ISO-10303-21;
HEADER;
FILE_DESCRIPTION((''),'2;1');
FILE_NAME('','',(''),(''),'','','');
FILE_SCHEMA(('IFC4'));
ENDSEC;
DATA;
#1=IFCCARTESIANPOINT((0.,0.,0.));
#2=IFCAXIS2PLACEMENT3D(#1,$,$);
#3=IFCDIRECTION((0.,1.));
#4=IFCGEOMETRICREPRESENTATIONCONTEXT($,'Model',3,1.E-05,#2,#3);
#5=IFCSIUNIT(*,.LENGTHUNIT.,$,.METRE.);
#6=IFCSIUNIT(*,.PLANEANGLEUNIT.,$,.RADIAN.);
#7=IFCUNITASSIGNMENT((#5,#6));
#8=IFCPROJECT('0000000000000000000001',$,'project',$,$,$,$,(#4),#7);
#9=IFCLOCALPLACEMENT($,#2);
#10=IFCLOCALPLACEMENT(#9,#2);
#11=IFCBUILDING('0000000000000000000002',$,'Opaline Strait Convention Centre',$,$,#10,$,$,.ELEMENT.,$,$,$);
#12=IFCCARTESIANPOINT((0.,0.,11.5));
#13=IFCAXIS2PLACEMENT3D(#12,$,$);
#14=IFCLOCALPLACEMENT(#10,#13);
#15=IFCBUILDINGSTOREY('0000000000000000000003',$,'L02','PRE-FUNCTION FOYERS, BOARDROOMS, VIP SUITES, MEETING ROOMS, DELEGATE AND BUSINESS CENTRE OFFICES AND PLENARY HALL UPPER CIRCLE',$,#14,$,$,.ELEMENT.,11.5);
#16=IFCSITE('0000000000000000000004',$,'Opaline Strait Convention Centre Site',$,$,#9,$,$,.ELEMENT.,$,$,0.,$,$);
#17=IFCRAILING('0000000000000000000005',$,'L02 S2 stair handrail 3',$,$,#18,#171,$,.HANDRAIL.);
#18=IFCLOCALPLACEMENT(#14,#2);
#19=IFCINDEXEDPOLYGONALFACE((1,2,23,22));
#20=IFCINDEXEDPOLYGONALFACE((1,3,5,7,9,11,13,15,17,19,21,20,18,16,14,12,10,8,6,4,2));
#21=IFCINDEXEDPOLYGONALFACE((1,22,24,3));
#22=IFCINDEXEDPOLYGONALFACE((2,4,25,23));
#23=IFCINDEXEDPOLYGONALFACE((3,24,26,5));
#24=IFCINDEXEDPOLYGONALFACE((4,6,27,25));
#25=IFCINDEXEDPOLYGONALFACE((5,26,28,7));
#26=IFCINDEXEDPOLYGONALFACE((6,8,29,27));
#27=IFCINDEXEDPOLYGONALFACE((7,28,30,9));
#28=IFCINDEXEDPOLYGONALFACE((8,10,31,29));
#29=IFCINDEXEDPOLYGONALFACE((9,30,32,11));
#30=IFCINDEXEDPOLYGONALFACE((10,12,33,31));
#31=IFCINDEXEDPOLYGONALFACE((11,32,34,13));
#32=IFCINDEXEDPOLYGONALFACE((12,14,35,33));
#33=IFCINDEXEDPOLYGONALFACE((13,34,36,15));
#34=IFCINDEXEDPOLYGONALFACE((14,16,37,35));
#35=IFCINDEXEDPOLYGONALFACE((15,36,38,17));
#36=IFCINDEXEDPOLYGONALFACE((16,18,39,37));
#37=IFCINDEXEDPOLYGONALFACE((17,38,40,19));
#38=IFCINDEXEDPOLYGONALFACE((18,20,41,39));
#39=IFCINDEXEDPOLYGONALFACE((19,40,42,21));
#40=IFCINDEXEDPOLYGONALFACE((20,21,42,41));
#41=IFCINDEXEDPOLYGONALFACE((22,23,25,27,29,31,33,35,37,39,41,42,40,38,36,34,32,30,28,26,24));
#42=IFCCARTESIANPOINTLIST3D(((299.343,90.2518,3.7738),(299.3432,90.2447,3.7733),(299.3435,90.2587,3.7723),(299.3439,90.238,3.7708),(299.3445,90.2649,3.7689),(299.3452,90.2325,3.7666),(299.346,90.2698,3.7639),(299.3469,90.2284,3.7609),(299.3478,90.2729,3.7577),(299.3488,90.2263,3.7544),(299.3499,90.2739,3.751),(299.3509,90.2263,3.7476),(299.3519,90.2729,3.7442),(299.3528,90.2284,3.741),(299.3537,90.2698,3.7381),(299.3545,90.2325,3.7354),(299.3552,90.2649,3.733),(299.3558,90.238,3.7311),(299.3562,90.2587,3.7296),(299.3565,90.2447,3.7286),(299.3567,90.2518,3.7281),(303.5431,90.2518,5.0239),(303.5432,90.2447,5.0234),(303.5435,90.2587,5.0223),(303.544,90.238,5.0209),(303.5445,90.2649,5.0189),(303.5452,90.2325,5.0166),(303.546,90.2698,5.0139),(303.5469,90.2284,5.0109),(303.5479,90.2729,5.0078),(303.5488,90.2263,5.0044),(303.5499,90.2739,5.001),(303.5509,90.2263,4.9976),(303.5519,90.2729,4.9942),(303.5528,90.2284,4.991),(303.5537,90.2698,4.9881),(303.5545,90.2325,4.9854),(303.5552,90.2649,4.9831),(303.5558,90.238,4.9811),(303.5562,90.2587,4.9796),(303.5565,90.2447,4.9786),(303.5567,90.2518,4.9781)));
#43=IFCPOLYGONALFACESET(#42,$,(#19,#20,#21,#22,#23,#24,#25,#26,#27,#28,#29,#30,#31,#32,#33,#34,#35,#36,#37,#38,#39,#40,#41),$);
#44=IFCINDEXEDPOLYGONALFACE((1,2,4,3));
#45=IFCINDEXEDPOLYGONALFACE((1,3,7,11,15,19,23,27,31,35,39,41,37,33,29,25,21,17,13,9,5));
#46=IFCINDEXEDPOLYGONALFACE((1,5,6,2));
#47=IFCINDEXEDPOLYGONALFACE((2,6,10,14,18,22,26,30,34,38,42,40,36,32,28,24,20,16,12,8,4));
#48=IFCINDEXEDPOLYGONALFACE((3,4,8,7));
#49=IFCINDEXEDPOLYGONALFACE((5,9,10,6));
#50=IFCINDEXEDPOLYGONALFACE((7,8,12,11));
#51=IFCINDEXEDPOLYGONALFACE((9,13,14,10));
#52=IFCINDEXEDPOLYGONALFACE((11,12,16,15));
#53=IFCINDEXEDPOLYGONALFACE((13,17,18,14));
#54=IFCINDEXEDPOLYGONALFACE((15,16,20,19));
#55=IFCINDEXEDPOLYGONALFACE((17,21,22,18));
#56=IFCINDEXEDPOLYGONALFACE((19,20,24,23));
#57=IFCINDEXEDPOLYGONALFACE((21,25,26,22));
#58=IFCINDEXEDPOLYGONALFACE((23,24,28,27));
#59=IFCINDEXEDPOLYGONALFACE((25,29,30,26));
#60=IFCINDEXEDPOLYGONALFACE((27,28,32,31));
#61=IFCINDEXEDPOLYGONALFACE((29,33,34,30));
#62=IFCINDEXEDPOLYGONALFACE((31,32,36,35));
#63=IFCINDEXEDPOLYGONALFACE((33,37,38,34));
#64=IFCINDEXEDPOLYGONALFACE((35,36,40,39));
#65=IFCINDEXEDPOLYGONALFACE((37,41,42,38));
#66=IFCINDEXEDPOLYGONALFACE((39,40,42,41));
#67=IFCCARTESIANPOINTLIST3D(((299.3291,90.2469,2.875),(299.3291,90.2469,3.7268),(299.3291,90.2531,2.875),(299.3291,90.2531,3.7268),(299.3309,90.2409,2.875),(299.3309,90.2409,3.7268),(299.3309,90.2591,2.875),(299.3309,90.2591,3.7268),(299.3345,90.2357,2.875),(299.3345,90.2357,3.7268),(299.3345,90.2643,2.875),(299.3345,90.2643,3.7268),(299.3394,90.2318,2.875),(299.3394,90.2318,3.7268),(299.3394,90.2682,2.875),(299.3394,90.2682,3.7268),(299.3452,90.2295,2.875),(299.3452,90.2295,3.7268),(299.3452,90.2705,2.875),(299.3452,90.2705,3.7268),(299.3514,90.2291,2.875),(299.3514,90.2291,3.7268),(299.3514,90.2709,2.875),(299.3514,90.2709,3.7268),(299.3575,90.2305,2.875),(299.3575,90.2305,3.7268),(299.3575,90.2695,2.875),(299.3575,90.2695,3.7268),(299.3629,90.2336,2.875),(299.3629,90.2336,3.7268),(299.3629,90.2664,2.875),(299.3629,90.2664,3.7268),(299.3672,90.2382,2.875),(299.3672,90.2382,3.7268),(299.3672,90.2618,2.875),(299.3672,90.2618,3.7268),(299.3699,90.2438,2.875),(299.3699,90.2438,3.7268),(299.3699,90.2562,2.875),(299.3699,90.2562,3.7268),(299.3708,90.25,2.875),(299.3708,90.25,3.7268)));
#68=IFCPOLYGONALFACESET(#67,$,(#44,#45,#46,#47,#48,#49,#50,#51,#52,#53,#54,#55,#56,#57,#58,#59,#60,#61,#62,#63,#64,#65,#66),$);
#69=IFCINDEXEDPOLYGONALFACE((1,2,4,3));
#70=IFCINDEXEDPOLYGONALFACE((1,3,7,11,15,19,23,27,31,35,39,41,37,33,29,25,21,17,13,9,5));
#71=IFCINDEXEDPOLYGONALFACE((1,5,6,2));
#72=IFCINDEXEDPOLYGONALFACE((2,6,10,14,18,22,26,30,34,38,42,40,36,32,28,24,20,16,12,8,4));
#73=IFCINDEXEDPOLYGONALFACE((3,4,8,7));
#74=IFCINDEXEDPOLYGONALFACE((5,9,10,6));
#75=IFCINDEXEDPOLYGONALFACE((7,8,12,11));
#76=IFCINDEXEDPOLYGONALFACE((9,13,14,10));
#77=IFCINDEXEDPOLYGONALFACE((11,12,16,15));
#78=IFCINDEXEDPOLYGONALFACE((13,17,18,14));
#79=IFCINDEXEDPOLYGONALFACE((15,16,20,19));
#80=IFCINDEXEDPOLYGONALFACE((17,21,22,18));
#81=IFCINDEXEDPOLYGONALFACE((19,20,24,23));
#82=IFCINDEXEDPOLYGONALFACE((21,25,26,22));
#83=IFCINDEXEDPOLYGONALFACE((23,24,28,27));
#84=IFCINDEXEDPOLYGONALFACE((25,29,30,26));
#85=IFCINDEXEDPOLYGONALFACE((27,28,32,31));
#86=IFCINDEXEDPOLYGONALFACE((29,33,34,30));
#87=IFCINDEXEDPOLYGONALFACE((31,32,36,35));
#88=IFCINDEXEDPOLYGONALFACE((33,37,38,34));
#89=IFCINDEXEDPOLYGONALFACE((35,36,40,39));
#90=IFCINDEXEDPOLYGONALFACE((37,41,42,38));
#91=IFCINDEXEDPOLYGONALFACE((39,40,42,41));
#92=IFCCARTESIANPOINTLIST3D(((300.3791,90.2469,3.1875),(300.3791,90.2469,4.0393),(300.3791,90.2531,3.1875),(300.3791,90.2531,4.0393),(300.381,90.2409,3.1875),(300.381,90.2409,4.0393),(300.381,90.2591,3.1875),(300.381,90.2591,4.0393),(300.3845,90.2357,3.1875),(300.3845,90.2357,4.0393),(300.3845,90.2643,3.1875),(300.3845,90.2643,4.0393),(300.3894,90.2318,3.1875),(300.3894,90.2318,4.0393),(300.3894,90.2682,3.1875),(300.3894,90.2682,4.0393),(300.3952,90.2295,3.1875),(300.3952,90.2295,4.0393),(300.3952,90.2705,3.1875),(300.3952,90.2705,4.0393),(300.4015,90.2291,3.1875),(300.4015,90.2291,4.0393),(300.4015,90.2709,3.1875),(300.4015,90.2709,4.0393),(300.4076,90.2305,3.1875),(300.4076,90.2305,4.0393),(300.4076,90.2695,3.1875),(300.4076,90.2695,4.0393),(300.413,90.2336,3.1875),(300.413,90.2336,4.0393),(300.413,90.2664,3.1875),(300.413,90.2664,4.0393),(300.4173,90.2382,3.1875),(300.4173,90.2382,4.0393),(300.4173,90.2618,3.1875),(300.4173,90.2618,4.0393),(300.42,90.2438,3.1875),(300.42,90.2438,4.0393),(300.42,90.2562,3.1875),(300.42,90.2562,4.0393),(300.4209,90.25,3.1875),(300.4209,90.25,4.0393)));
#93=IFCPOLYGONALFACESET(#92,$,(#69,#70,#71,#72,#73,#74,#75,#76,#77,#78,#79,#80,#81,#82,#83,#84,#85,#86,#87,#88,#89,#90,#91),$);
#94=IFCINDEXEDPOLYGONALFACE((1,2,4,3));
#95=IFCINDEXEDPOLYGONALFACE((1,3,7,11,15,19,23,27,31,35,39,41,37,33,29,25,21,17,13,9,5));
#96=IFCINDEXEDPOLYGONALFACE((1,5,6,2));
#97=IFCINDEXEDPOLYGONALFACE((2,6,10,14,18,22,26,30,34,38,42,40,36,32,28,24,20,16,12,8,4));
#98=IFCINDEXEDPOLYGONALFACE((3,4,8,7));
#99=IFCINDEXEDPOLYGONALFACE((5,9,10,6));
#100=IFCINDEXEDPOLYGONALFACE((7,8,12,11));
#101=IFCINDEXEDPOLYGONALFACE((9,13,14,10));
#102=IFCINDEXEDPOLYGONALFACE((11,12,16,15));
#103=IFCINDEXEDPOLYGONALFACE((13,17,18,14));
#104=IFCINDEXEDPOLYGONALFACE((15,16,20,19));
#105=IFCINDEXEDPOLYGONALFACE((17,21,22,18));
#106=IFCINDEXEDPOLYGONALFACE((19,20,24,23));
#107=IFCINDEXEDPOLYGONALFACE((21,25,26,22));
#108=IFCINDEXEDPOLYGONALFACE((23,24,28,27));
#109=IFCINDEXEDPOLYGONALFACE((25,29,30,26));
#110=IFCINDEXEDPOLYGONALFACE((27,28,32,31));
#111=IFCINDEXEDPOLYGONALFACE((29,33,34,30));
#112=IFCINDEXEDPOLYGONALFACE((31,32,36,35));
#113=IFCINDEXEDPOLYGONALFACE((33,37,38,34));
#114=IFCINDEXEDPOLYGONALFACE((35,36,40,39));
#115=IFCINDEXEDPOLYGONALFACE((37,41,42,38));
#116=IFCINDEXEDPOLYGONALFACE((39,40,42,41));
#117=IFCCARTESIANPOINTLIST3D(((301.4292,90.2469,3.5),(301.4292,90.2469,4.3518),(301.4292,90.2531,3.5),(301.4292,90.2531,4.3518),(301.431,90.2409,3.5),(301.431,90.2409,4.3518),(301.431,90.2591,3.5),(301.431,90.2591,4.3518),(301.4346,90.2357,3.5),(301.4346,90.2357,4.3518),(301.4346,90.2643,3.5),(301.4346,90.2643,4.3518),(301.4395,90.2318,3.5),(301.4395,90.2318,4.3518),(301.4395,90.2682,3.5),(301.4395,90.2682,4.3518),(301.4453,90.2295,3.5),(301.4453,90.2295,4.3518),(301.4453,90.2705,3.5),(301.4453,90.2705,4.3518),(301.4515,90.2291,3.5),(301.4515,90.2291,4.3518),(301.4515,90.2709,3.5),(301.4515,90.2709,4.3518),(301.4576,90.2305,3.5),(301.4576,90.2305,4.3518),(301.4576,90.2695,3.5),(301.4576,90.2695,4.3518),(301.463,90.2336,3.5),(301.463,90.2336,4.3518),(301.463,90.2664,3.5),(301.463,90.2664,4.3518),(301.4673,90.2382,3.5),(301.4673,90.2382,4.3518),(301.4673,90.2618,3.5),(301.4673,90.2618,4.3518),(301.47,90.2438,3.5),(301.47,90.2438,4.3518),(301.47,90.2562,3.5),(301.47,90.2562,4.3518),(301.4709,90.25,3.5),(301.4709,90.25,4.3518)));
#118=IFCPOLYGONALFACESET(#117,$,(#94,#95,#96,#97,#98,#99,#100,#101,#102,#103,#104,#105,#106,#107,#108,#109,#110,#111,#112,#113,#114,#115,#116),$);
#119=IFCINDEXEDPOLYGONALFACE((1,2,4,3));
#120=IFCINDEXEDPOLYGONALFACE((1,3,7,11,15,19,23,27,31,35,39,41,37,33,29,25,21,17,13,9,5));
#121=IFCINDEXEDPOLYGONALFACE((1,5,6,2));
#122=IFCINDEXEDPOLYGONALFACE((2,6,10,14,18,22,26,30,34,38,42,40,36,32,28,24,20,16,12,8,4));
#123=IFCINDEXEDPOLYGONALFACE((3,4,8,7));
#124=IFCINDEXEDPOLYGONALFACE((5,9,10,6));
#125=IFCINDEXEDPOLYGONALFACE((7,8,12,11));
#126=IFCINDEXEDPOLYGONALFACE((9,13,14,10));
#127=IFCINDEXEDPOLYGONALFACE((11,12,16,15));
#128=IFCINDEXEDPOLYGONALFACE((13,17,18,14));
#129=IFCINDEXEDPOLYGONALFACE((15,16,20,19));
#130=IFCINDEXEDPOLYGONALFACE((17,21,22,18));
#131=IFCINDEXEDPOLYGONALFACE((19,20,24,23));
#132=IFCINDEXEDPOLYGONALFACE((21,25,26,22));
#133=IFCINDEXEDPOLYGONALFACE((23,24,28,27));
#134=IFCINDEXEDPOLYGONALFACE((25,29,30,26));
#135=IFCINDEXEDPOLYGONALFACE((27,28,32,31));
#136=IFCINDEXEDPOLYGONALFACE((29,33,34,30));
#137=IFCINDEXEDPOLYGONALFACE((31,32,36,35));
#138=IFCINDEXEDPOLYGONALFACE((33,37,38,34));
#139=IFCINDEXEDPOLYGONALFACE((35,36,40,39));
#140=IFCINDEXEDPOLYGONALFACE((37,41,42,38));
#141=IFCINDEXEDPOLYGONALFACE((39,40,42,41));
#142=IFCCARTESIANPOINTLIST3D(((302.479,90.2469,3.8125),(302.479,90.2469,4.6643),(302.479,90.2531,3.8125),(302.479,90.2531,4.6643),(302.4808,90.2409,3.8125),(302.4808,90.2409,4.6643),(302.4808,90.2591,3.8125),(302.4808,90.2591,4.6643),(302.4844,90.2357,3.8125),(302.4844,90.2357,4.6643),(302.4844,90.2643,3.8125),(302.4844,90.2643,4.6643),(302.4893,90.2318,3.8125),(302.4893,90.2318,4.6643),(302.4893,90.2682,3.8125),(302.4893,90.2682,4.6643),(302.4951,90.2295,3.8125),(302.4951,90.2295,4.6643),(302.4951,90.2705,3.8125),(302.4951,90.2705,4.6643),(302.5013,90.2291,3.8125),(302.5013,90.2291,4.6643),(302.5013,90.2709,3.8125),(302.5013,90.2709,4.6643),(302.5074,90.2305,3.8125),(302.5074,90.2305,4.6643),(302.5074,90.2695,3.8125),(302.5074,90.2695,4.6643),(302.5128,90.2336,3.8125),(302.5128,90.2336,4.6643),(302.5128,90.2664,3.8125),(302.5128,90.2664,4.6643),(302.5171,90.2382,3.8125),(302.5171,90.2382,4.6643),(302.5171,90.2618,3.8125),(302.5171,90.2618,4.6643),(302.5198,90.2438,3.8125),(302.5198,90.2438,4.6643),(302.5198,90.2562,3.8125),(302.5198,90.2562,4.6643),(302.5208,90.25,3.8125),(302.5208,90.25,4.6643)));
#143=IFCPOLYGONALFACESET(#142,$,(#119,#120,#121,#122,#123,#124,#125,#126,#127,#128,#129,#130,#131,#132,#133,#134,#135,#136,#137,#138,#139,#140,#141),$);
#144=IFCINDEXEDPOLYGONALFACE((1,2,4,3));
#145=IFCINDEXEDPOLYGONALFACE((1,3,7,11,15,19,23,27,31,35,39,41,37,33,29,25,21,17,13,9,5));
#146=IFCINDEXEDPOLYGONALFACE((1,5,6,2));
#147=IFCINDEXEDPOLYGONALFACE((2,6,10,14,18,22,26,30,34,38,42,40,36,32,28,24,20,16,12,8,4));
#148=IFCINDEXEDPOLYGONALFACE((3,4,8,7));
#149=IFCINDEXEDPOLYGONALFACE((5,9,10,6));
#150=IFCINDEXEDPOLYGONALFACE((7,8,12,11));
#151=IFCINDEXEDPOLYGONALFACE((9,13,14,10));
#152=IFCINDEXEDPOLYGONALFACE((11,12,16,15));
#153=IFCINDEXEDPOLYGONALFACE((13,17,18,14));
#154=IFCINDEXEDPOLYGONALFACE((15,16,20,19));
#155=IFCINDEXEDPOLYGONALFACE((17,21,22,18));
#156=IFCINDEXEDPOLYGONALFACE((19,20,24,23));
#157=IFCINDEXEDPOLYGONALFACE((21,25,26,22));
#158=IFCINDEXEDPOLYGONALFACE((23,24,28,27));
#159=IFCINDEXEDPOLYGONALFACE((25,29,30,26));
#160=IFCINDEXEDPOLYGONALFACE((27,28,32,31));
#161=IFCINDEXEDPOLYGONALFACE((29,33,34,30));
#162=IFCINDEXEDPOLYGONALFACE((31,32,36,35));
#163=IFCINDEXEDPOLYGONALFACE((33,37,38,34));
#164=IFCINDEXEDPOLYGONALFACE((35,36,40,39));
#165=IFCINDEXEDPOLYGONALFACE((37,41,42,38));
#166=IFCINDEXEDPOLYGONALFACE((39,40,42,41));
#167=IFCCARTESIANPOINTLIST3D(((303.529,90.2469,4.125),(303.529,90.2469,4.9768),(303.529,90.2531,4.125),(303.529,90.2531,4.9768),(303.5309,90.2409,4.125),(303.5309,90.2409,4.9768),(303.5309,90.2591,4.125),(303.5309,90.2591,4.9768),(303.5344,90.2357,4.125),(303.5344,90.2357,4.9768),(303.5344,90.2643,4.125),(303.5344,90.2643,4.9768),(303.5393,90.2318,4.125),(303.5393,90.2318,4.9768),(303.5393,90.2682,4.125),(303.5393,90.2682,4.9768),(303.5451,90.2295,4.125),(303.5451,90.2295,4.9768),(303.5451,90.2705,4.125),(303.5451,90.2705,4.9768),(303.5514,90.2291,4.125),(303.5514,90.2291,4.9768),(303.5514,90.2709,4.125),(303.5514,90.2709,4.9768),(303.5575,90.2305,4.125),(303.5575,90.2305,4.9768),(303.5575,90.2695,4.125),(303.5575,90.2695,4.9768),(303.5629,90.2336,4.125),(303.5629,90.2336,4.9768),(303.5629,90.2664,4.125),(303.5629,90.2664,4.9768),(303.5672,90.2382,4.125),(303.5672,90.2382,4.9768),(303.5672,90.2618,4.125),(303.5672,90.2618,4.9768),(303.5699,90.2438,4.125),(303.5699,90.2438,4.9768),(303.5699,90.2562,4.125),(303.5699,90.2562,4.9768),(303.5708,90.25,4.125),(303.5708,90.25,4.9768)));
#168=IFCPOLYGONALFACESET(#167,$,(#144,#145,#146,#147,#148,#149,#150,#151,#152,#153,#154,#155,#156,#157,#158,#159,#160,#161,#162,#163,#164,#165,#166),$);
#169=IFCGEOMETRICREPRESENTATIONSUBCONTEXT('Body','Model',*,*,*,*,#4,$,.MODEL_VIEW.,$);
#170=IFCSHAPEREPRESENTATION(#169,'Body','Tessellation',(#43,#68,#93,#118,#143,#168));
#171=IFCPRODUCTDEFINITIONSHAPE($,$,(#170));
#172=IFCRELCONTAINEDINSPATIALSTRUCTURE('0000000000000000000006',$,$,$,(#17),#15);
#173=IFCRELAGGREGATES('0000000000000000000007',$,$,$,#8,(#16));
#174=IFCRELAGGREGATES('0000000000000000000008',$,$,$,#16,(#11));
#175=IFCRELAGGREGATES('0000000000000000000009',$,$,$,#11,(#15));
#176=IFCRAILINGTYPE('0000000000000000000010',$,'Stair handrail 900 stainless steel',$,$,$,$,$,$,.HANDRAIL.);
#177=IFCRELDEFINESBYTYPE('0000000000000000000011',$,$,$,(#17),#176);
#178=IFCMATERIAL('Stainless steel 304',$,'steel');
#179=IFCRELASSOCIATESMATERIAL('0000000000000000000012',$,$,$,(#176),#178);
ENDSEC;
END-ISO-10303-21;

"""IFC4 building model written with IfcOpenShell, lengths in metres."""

from ifc_helpers import new_model, si_unit, direction, frame, origin, origin_2d, place, context, subcontext, project, spatial, circle, extrude, material, type_object, element, save


model = new_model("IFC4")

# Units and contexts
model_context = context("Model", 3, precision=1e-05, world=origin(), true_north=direction((0.0, 1.0)))
body_context = subcontext(model_context, "Body", "Model", "MODEL_VIEW")
ifc_project = project(units=[si_unit("LENGTHUNIT", "METRE"), si_unit("PLANEANGLEUNIT", "RADIAN")], contexts=[model_context])

# Site, building, storey
site_placement = place(None, origin())
site = spatial("IfcSite", under=ifc_project, at=site_placement, Name="Opaline Strait Convention Centre Site", CompositionType="ELEMENT", RefElevation=0.0)
building_placement = place(site_placement, origin())
building = spatial("IfcBuilding", under=site, at=building_placement, Name="Opaline Strait Convention Centre", CompositionType="ELEMENT")
storey_placement = place(building_placement, frame((0.0, 0.0, 11.5)))
storey = spatial("IfcBuildingStorey", under=building, at=storey_placement, Name="L02", Description="PRE-FUNCTION FOYERS, BOARDROOMS, VIP SUITES, MEETING ROOMS, DELEGATE AND BUSINESS CENTRE OFFICES AND PLENARY HALL UPPER CIRCLE", CompositionType="ELEMENT", Elevation=11.5)

# Railing
ifc_material_1 = material(Name="Stainless steel 304", Category="steel")
railing_type_1 = type_object("IfcRailingType", Name="Stair handrail 900 stainless steel", PredefinedType="HANDRAIL", material=ifc_material_1)
for number, where, name in (
    (1, (299.3499, 90.25, 2.875), "L02 S2 stair handrail 3"),
):
    element("IfcRailing", number, at=place(storey_placement, frame(where)), inside=storey, type_object=railing_type_1, Name=name, PredefinedType="HANDRAIL", context=body_context, shape_type="SweptSolid", body=[
        extrude(circle(Radius=0.0239, at=origin_2d()), frame((0.0, 0.0, 0.876), z_axis=(0.958451, 0.0, 0.285257), x_axis=(0.0, 1.0, 0.0)), (0.0, 0.0, 1.0), 4.3821),
        extrude(circle(Radius=0.021, at=origin_2d()), origin(), (0.0, 0.0, 1.0), 0.8518),
        extrude(circle(Radius=0.021, at=origin_2d()), frame((1.05, 0.0, 0.3125)), (0.0, 0.0, 1.0), 0.8518),
        extrude(circle(Radius=0.021, at=origin_2d()), frame((2.1001, 0.0, 0.625)), (0.0, 0.0, 1.0), 0.8518),
        extrude(circle(Radius=0.021, at=origin_2d()), frame((3.1499, 0.0, 0.9375)), (0.0, 0.0, 1.0), 0.8518),
        extrude(circle(Radius=0.021, at=origin_2d()), frame((4.2, 0.0, 1.25)), (0.0, 0.0, 1.0), 0.8518),
    ])

save(model, "model.ifc")
